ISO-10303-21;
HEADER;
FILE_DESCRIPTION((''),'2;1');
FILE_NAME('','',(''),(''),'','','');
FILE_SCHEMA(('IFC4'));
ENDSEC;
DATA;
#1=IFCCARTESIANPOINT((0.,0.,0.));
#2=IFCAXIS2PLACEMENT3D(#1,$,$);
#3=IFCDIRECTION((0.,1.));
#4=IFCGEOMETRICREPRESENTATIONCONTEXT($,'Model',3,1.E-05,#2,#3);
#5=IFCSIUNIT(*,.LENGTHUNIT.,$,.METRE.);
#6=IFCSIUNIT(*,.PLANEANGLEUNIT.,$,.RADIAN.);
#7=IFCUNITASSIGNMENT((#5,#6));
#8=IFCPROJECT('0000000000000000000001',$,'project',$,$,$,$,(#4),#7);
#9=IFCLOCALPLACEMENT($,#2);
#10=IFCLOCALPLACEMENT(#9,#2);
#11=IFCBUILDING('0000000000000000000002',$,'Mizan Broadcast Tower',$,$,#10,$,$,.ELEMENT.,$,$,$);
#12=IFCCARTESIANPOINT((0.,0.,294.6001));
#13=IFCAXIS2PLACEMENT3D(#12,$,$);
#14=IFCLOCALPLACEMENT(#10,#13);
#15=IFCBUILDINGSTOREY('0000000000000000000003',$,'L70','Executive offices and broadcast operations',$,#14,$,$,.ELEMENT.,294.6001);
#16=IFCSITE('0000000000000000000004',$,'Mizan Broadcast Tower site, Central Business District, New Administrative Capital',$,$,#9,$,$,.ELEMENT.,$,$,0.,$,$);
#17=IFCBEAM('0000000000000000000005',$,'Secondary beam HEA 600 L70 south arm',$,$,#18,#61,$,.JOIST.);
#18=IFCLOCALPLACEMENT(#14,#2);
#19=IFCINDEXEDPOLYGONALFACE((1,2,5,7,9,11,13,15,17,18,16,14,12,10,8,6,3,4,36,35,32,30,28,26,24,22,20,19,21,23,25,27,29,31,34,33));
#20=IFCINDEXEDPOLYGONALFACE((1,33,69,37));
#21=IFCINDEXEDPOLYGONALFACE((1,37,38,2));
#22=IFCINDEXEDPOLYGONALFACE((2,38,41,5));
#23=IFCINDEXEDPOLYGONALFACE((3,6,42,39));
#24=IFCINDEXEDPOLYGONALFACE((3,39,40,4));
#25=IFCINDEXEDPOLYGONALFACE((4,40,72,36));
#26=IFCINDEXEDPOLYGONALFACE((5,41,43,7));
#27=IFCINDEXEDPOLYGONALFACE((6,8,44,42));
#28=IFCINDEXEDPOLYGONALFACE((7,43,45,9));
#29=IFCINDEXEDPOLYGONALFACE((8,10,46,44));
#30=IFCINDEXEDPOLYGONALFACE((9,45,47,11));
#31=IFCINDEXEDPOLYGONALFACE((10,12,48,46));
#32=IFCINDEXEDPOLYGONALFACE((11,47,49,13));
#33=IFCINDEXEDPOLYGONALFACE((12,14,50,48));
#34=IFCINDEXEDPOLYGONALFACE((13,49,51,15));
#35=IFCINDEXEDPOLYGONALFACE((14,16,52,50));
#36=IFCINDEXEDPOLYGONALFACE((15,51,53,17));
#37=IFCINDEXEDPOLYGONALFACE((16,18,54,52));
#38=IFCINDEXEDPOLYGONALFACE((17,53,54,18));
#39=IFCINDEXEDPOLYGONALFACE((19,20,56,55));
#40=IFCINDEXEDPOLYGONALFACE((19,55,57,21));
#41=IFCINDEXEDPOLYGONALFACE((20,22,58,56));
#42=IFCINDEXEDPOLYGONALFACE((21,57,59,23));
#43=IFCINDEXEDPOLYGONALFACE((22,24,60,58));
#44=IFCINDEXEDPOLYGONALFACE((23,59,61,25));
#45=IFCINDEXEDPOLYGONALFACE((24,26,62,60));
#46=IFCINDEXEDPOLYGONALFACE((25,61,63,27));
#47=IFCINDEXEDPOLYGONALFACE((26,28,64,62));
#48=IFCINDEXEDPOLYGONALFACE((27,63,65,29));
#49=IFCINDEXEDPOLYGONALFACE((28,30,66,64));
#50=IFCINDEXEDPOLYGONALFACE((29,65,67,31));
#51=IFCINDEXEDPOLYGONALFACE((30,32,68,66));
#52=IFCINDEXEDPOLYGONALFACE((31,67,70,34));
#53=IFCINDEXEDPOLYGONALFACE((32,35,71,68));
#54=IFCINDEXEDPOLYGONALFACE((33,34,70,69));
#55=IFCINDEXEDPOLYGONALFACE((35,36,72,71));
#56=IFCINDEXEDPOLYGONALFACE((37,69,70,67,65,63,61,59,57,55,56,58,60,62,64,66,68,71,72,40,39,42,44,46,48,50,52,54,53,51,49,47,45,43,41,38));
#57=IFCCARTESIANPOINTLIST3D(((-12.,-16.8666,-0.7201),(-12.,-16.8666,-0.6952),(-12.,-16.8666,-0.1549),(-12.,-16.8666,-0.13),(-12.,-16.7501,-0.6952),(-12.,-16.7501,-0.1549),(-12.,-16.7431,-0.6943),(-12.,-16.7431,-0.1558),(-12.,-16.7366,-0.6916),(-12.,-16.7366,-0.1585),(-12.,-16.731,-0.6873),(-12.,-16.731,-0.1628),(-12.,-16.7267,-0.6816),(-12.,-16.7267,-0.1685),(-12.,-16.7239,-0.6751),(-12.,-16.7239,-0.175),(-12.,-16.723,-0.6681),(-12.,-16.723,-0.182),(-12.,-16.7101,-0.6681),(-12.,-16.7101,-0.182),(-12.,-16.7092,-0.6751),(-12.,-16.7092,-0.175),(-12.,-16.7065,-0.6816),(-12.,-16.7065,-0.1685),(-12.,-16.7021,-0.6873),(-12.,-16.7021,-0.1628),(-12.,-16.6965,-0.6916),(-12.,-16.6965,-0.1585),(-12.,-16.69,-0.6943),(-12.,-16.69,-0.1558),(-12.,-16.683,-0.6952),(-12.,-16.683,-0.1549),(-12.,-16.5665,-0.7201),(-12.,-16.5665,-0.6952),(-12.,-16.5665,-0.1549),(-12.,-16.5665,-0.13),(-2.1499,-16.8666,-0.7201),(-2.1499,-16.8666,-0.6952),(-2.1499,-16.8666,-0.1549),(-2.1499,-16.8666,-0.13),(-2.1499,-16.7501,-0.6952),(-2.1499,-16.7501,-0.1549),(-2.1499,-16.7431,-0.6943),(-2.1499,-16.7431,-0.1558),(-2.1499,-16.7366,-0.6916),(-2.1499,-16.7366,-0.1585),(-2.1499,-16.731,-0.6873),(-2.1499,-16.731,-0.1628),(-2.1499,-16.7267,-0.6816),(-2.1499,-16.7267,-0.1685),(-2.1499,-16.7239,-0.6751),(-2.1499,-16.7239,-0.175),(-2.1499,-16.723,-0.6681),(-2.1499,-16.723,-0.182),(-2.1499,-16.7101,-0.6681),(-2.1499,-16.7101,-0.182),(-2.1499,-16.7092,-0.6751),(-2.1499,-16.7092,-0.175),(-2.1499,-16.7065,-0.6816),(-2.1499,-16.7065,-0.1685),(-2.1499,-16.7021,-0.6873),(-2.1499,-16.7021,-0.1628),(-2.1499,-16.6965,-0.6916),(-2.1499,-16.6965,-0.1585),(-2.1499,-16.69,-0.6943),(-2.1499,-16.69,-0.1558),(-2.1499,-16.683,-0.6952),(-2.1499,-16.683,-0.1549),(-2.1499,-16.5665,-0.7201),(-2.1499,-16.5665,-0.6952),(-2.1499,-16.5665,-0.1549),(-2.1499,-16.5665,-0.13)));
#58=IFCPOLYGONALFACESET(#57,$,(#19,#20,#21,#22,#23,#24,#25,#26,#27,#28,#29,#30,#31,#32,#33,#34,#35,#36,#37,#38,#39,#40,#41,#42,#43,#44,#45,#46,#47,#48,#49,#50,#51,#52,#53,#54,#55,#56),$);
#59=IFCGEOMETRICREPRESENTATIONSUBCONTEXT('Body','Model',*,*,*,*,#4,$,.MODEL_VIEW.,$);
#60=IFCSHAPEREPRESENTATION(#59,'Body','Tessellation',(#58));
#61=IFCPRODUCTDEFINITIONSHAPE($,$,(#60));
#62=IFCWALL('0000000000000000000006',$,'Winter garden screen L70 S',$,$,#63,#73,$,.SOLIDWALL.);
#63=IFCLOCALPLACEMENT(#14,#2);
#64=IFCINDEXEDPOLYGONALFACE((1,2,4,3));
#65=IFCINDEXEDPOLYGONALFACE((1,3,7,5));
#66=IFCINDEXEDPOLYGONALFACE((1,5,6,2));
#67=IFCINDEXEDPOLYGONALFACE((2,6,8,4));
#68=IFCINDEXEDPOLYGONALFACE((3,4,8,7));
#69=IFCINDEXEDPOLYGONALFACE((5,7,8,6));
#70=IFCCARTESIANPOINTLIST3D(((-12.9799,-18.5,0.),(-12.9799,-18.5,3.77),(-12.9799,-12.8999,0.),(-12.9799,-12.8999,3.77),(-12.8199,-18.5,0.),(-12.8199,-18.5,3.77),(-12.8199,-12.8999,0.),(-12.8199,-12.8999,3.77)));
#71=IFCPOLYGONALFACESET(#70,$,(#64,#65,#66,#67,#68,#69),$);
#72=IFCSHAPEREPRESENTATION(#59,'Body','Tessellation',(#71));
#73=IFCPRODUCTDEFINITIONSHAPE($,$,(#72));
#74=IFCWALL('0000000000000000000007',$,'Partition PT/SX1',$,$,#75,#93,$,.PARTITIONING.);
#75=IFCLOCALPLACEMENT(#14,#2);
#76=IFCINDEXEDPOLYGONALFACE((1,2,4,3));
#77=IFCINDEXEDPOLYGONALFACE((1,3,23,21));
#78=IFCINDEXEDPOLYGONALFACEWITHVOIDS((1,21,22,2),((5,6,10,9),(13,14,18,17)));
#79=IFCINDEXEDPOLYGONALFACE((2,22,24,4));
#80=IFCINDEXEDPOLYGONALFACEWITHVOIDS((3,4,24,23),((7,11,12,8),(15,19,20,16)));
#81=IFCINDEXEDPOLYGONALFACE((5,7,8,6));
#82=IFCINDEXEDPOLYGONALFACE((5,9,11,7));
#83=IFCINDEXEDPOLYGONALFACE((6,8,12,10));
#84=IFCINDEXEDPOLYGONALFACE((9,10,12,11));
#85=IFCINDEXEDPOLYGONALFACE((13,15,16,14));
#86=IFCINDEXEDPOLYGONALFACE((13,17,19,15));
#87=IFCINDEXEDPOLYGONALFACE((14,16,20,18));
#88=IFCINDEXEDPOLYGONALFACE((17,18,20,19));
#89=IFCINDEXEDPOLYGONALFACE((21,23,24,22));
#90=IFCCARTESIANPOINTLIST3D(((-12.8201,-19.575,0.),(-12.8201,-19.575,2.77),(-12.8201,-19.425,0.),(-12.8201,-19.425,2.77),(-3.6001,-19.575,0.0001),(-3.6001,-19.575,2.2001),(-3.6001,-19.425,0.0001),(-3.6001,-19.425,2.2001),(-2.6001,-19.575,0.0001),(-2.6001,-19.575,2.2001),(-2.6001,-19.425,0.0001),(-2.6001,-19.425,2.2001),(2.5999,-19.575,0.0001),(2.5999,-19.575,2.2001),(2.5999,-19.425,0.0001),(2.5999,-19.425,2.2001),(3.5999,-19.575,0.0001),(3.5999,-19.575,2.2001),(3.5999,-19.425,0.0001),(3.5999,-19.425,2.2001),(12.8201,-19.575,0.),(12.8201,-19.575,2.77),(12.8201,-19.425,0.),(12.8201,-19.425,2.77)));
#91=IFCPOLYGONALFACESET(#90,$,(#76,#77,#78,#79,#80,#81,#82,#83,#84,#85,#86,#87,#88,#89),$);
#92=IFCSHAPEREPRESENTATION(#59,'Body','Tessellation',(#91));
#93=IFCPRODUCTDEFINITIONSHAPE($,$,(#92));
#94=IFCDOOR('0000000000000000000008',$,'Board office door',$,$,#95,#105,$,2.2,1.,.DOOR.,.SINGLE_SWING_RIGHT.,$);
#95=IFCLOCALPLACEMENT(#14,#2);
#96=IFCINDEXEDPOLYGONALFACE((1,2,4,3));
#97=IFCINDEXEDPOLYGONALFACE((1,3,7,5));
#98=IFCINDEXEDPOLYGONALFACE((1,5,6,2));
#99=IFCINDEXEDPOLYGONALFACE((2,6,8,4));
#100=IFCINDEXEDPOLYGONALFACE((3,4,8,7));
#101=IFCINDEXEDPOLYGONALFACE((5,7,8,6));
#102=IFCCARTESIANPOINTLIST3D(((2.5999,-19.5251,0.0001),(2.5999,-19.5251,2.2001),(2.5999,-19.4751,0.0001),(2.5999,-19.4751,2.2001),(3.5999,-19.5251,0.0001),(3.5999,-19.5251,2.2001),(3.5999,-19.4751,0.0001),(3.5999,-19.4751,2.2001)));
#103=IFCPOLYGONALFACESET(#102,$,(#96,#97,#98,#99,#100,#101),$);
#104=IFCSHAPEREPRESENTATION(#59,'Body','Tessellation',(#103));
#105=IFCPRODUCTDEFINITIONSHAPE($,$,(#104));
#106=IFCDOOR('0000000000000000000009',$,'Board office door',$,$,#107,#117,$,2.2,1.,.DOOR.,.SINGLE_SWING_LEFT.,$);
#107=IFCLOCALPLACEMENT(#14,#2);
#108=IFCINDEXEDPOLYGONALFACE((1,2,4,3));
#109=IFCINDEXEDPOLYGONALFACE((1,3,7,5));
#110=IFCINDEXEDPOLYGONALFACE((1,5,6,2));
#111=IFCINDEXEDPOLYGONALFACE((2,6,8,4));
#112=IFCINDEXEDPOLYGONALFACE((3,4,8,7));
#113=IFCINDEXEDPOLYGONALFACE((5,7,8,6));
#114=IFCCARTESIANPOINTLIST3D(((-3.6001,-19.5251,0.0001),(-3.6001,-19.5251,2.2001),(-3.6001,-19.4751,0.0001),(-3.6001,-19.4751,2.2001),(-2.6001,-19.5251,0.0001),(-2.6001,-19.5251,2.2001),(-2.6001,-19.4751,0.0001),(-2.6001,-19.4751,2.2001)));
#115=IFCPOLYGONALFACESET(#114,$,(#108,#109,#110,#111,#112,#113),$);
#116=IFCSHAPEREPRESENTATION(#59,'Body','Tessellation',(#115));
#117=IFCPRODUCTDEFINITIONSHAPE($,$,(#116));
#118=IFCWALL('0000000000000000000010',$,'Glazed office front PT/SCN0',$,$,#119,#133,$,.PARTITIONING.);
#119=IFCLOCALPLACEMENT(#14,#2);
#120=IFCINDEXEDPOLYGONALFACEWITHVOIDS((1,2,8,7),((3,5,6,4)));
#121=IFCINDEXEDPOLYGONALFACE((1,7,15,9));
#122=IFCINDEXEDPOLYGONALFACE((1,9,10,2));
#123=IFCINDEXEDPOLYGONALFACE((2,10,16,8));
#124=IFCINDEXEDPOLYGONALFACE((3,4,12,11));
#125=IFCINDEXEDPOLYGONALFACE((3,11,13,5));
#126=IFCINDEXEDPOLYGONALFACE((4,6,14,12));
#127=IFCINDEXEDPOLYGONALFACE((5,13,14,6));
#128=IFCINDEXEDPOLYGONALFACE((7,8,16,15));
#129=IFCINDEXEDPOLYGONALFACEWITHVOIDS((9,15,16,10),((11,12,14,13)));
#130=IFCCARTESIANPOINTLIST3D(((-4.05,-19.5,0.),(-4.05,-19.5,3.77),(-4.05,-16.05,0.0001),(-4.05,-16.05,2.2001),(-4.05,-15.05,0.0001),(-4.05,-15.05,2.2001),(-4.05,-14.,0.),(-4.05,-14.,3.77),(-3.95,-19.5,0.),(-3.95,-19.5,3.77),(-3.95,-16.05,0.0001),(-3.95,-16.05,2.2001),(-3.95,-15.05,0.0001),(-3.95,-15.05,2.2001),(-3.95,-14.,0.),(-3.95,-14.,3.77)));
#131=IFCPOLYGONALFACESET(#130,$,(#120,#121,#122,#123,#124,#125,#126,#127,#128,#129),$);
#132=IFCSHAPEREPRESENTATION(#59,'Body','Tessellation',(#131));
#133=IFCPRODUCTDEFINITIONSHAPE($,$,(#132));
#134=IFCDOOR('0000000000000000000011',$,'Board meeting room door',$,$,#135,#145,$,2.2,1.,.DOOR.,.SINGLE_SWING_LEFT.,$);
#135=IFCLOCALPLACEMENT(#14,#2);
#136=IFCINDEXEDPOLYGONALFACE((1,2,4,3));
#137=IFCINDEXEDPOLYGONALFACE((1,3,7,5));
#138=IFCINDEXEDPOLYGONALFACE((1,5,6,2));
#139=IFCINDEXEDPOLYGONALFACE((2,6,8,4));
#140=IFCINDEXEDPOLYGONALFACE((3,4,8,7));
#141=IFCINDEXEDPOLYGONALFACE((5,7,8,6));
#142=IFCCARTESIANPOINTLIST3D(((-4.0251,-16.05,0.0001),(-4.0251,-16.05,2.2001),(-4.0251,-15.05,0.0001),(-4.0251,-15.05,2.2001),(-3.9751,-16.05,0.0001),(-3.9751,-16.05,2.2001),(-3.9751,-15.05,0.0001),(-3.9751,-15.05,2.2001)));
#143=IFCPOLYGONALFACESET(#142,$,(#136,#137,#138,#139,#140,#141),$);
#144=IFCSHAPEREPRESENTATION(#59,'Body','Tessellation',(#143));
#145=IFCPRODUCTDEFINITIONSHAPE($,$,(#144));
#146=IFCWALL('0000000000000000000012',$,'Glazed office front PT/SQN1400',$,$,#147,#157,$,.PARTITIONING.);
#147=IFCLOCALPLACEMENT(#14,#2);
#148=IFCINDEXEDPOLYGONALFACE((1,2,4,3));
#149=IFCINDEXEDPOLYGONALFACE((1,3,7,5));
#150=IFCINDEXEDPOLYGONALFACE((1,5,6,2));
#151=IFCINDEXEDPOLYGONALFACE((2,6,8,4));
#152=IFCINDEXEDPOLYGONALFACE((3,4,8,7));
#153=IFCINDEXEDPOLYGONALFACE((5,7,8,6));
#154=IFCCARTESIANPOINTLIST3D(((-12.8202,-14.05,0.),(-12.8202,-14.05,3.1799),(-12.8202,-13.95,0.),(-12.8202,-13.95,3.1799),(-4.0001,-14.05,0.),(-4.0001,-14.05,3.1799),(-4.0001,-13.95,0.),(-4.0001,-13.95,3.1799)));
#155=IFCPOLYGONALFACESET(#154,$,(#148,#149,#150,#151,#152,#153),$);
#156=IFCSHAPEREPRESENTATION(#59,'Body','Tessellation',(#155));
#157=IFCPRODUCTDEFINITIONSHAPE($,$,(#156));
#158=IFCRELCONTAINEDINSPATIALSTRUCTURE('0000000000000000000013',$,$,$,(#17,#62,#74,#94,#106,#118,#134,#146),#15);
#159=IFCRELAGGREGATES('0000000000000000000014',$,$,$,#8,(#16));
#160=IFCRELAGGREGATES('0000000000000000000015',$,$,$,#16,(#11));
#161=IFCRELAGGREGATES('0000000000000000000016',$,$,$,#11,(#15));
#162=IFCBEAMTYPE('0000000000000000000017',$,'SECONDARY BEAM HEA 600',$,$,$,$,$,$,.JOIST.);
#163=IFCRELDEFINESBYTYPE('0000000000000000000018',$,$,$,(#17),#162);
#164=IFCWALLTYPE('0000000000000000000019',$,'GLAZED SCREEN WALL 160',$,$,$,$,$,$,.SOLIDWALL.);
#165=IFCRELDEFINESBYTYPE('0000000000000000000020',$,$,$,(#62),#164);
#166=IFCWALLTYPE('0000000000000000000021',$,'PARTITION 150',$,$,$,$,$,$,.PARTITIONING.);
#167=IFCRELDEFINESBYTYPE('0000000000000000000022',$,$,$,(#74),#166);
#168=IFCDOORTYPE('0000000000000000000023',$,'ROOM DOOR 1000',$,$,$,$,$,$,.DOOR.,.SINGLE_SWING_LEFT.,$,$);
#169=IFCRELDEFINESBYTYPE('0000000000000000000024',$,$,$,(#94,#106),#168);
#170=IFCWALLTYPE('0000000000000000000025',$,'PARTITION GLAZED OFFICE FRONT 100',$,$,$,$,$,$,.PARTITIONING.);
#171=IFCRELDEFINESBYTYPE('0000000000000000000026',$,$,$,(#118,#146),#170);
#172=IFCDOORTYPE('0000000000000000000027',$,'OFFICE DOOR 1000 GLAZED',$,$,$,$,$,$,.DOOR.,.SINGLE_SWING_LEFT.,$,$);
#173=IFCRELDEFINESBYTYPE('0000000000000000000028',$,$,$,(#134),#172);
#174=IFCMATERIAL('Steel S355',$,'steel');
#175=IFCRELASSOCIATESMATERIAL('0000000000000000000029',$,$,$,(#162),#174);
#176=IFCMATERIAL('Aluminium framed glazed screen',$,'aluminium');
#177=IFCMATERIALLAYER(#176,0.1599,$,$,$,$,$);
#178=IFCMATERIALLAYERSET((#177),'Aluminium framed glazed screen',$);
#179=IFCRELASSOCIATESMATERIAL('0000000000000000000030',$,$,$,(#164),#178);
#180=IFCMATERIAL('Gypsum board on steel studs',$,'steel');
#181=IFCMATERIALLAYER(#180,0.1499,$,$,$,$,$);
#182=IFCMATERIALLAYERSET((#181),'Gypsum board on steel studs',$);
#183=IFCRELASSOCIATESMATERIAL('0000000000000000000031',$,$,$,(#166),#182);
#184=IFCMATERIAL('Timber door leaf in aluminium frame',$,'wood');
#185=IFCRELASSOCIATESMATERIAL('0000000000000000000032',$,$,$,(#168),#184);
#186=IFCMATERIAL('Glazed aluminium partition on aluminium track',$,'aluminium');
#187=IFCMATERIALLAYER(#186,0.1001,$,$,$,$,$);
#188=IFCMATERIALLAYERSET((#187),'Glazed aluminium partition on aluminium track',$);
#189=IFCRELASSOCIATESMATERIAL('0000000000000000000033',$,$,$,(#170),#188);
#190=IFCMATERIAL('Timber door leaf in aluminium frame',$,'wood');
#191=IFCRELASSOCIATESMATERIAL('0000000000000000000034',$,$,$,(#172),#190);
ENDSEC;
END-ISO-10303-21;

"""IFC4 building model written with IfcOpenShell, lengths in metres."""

from ifc_helpers import new_model, si_unit, direction, frame, frame_2d, origin, origin_2d, place, context, subcontext, project, spatial, rectangle, i_section, extrude, material, layer, layer_set, material_profile, profile_set, type_object, element, fill, save


model = new_model("IFC4")

# Units and contexts
model_context = context("Model", 3, precision=1e-05, world=origin(), true_north=direction((0.0, 1.0)))
body_context = subcontext(model_context, "Body", "Model", "MODEL_VIEW")
ifc_project = project(units=[si_unit("LENGTHUNIT", "METRE"), si_unit("PLANEANGLEUNIT", "RADIAN")], contexts=[model_context])

# Site, building, storey
site_placement = place(None, origin())
site = spatial("IfcSite", under=ifc_project, at=site_placement, Name="Mizan Broadcast Tower site, Central Business District, New Administrative Capital", CompositionType="ELEMENT", RefElevation=0.0)
building_placement = place(site_placement, origin())
building = spatial("IfcBuilding", under=site, at=building_placement, Name="Mizan Broadcast Tower", CompositionType="ELEMENT")
storey_placement = place(building_placement, frame((0.0, 0.0, 294.6001)))
storey = spatial("IfcBuildingStorey", under=building, at=storey_placement, Name="L70", Description="Executive offices and broadcast operations", CompositionType="ELEMENT", Elevation=294.6001)

# Beam
ifc_material_1 = material(Name="Steel S355", Category="steel")
ifc_material_profile_1 = material_profile(ifc_material_1, i_section(OverallWidth=0.3, OverallDepth=0.5901, WebThickness=0.0129, FlangeThickness=0.0249, FilletRadius=0.0271, at=origin_2d()), Name="HEA 600")
ifc_profile_set_1 = profile_set([ifc_material_profile_1], Name="Steel S355")
beam_type_1 = type_object("IfcBeamType", Name="SECONDARY BEAM HEA 600", PredefinedType="JOIST", material=ifc_profile_set_1)
for number, where, z_axis, x_axis, name in (
    (1, (-12.0, -16.7166, -0.425), (1.0, 0.0, 0.0), (0.0, 1.0, 0.0), "Secondary beam HEA 600 L70 south arm"),
):
    element("IfcBeam", number, at=place(storey_placement, frame(where, z_axis=z_axis, x_axis=x_axis)), inside=storey, type_object=beam_type_1, Name=name, PredefinedType="JOIST", context=body_context, shape_type="SweptSolid", body=[
        extrude(i_section(OverallWidth=0.3, OverallDepth=0.5901, WebThickness=0.0129, FlangeThickness=0.0249, FilletRadius=0.0271, at=origin_2d()), origin(), (0.0, 0.0, 1.0), 9.8501),
    ])

# Wall
ifc_material_2 = material(Name="Aluminium framed glazed screen", Category="aluminium")
ifc_layer_1 = layer(ifc_material_2, 0.1599)
ifc_layer_set_1 = layer_set([ifc_layer_1], Name="Aluminium framed glazed screen")
wall_type_1 = type_object("IfcWallType", Name="GLAZED SCREEN WALL 160", PredefinedType="SOLIDWALL", material=ifc_layer_set_1)
wall_1_placement = place(storey_placement, frame((-12.8999, -12.8999, 0.0), z_axis=(0.0, 0.0, 1.0), x_axis=(0.0, -1.0, 0.0)))
element("IfcWall", 2, at=wall_1_placement, inside=storey, type_object=wall_type_1, Name="Winter garden screen L70 S", PredefinedType="SOLIDWALL", context=body_context, shape_type="SweptSolid", body=[
    extrude(rectangle(XDim=5.6001, YDim=0.1599, at=frame_2d((2.8, 0.0))), origin(), (0.0, 0.0, 1.0), 3.77),
])

# Wall, openings, doors
ifc_material_3 = material(Name="Gypsum board on steel studs", Category="steel")
ifc_layer_2 = layer(ifc_material_3, 0.1499)
ifc_layer_set_2 = layer_set([ifc_layer_2], Name="Gypsum board on steel studs")
wall_type_2 = type_object("IfcWallType", Name="PARTITION 150", PredefinedType="PARTITIONING", material=ifc_layer_set_2)
wall_2_placement = place(storey_placement, frame((-12.8201, -19.5, 0.0), z_axis=(0.0, 0.0, 1.0), x_axis=(1.0, 0.0, 0.0)))
wall_2 = element("IfcWall", 3, at=wall_2_placement, inside=storey, type_object=wall_type_2, Name="Partition PT/SX1", PredefinedType="PARTITIONING", context=body_context, shape_type="SweptSolid", body=[
    extrude(rectangle(XDim=25.6401, YDim=0.1499, at=frame_2d((12.8201, 0.0))), origin(), (0.0, 0.0, 1.0), 2.77),
])
opening_1_placement = place(wall_2_placement, frame((15.4199, 0.0, 0.0)))
opening_1 = element("IfcOpeningElement", 4, at=opening_1_placement, cuts=wall_2, PredefinedType="OPENING", context=body_context, shape_type="SweptSolid", body=[
    extrude(rectangle(XDim=1.0, YDim=2.2, at=frame_2d((0.5, 1.1001))), frame((0.0, 0.085, 0.0), z_axis=(0.0, -1.0, 0.0), x_axis=(1.0, 0.0, 0.0)), (0.0, 0.0, 1.0), 0.1699),
])
opening_2_placement = place(wall_2_placement, frame((9.22, 0.0, 0.0)))
opening_2 = element("IfcOpeningElement", 5, at=opening_2_placement, cuts=wall_2, PredefinedType="OPENING", context=body_context, shape_type="SweptSolid", body=[
    extrude(rectangle(XDim=1.0, YDim=2.2, at=frame_2d((0.5, 1.1001))), frame((0.0, 0.085, 0.0), z_axis=(0.0, -1.0, 0.0), x_axis=(1.0, 0.0, 0.0)), (0.0, 0.0, 1.0), 0.1699),
])
ifc_material_4 = material(Name="Timber door leaf in aluminium frame", Category="wood")
door_type_1 = type_object("IfcDoorType", Name="ROOM DOOR 1000", OperationType="SINGLE_SWING_LEFT", PredefinedType="DOOR", material=ifc_material_4)
door_1_placement = place(opening_1_placement, origin())
door_1 = element("IfcDoor", 6, at=door_1_placement, inside=storey, type_object=door_type_1, Name="Board office door", OperationType="SINGLE_SWING_RIGHT", OverallHeight=2.2, OverallWidth=1.0, PredefinedType="DOOR", context=body_context, shape_type="SweptSolid", body=[
    extrude(rectangle(XDim=1.0, YDim=2.2, at=frame_2d((0.5, 1.1001))), frame((0.0, 0.0249, 0.0), z_axis=(0.0, -1.0, 0.0), x_axis=(1.0, 0.0, 0.0)), (0.0, 0.0, 1.0), 0.05),
])
fill(opening_1, door_1)
door_2_placement = place(opening_2_placement, origin())
door_2 = element("IfcDoor", 7, at=door_2_placement, inside=storey, type_object=door_type_1, Name="Board office door", OperationType="SINGLE_SWING_LEFT", OverallHeight=2.2, OverallWidth=1.0, PredefinedType="DOOR", context=body_context, shape_type="SweptSolid", body=[
    extrude(rectangle(XDim=1.0, YDim=2.2, at=frame_2d((0.5, 1.1001))), frame((0.0, 0.0249, 0.0), z_axis=(0.0, -1.0, 0.0), x_axis=(1.0, 0.0, 0.0)), (0.0, 0.0, 1.0), 0.05),
])
fill(opening_2, door_2)

# Wall, opening, door
ifc_material_5 = material(Name="Glazed aluminium partition on aluminium track", Category="aluminium")
ifc_layer_3 = layer(ifc_material_5, 0.1001)
ifc_layer_set_3 = layer_set([ifc_layer_3], Name="Glazed aluminium partition on aluminium track")
wall_type_3 = type_object("IfcWallType", Name="PARTITION GLAZED OFFICE FRONT 100", PredefinedType="PARTITIONING", material=ifc_layer_set_3)
wall_3_placement = place(storey_placement, frame((-4.0, -14.0, 0.0), z_axis=(0.0, 0.0, 1.0), x_axis=(0.0, -1.0, 0.0)))
wall_3 = element("IfcWall", 8, at=wall_3_placement, inside=storey, type_object=wall_type_3, Name="Glazed office front PT/SCN0", PredefinedType="PARTITIONING", context=body_context, shape_type="SweptSolid", body=[
    extrude(rectangle(XDim=5.5, YDim=0.1001, at=frame_2d((2.75, 0.0))), origin(), (0.0, 0.0, 1.0), 3.77),
])
opening_3_placement = place(wall_3_placement, frame((1.05, 0.0, 0.0)))
opening_3 = element("IfcOpeningElement", 9, at=opening_3_placement, cuts=wall_3, PredefinedType="OPENING", context=body_context, shape_type="SweptSolid", body=[
    extrude(rectangle(XDim=1.0, YDim=2.2, at=frame_2d((0.5, 1.1001))), frame((0.0, 0.0601, 0.0), z_axis=(0.0, -1.0, 0.0), x_axis=(1.0, 0.0, 0.0)), (0.0, 0.0, 1.0), 0.1201),
])
ifc_material_6 = material(Name="Timber door leaf in aluminium frame", Category="wood")
door_type_2 = type_object("IfcDoorType", Name="OFFICE DOOR 1000 GLAZED", OperationType="SINGLE_SWING_LEFT", PredefinedType="DOOR", material=ifc_material_6)
door_3_placement = place(opening_3_placement, origin())
door_3 = element("IfcDoor", 10, at=door_3_placement, inside=storey, type_object=door_type_2, Name="Board meeting room door", OperationType="SINGLE_SWING_LEFT", OverallHeight=2.2, OverallWidth=1.0, PredefinedType="DOOR", context=body_context, shape_type="SweptSolid", body=[
    extrude(rectangle(XDim=1.0, YDim=2.2, at=frame_2d((0.5, 1.1001))), frame((0.0, 0.0249, 0.0), z_axis=(0.0, -1.0, 0.0), x_axis=(1.0, 0.0, 0.0)), (0.0, 0.0, 1.0), 0.05),
])
fill(opening_3, door_3)

# Wall
wall_4_placement = place(storey_placement, frame((-4.0, -14.0, 0.0), z_axis=(0.0, 0.0, 1.0), x_axis=(-1.0, 0.0, 0.0)))
element("IfcWall", 11, at=wall_4_placement, inside=storey, type_object=wall_type_3, Name="Glazed office front PT/SQN1400", PredefinedType="PARTITIONING", context=body_context, shape_type="SweptSolid", body=[
    extrude(rectangle(XDim=8.8201, YDim=0.1001, at=frame_2d((4.4102, 0.0))), origin(), (0.0, 0.0, 1.0), 3.1799),
])

save(model, "model.ifc")
